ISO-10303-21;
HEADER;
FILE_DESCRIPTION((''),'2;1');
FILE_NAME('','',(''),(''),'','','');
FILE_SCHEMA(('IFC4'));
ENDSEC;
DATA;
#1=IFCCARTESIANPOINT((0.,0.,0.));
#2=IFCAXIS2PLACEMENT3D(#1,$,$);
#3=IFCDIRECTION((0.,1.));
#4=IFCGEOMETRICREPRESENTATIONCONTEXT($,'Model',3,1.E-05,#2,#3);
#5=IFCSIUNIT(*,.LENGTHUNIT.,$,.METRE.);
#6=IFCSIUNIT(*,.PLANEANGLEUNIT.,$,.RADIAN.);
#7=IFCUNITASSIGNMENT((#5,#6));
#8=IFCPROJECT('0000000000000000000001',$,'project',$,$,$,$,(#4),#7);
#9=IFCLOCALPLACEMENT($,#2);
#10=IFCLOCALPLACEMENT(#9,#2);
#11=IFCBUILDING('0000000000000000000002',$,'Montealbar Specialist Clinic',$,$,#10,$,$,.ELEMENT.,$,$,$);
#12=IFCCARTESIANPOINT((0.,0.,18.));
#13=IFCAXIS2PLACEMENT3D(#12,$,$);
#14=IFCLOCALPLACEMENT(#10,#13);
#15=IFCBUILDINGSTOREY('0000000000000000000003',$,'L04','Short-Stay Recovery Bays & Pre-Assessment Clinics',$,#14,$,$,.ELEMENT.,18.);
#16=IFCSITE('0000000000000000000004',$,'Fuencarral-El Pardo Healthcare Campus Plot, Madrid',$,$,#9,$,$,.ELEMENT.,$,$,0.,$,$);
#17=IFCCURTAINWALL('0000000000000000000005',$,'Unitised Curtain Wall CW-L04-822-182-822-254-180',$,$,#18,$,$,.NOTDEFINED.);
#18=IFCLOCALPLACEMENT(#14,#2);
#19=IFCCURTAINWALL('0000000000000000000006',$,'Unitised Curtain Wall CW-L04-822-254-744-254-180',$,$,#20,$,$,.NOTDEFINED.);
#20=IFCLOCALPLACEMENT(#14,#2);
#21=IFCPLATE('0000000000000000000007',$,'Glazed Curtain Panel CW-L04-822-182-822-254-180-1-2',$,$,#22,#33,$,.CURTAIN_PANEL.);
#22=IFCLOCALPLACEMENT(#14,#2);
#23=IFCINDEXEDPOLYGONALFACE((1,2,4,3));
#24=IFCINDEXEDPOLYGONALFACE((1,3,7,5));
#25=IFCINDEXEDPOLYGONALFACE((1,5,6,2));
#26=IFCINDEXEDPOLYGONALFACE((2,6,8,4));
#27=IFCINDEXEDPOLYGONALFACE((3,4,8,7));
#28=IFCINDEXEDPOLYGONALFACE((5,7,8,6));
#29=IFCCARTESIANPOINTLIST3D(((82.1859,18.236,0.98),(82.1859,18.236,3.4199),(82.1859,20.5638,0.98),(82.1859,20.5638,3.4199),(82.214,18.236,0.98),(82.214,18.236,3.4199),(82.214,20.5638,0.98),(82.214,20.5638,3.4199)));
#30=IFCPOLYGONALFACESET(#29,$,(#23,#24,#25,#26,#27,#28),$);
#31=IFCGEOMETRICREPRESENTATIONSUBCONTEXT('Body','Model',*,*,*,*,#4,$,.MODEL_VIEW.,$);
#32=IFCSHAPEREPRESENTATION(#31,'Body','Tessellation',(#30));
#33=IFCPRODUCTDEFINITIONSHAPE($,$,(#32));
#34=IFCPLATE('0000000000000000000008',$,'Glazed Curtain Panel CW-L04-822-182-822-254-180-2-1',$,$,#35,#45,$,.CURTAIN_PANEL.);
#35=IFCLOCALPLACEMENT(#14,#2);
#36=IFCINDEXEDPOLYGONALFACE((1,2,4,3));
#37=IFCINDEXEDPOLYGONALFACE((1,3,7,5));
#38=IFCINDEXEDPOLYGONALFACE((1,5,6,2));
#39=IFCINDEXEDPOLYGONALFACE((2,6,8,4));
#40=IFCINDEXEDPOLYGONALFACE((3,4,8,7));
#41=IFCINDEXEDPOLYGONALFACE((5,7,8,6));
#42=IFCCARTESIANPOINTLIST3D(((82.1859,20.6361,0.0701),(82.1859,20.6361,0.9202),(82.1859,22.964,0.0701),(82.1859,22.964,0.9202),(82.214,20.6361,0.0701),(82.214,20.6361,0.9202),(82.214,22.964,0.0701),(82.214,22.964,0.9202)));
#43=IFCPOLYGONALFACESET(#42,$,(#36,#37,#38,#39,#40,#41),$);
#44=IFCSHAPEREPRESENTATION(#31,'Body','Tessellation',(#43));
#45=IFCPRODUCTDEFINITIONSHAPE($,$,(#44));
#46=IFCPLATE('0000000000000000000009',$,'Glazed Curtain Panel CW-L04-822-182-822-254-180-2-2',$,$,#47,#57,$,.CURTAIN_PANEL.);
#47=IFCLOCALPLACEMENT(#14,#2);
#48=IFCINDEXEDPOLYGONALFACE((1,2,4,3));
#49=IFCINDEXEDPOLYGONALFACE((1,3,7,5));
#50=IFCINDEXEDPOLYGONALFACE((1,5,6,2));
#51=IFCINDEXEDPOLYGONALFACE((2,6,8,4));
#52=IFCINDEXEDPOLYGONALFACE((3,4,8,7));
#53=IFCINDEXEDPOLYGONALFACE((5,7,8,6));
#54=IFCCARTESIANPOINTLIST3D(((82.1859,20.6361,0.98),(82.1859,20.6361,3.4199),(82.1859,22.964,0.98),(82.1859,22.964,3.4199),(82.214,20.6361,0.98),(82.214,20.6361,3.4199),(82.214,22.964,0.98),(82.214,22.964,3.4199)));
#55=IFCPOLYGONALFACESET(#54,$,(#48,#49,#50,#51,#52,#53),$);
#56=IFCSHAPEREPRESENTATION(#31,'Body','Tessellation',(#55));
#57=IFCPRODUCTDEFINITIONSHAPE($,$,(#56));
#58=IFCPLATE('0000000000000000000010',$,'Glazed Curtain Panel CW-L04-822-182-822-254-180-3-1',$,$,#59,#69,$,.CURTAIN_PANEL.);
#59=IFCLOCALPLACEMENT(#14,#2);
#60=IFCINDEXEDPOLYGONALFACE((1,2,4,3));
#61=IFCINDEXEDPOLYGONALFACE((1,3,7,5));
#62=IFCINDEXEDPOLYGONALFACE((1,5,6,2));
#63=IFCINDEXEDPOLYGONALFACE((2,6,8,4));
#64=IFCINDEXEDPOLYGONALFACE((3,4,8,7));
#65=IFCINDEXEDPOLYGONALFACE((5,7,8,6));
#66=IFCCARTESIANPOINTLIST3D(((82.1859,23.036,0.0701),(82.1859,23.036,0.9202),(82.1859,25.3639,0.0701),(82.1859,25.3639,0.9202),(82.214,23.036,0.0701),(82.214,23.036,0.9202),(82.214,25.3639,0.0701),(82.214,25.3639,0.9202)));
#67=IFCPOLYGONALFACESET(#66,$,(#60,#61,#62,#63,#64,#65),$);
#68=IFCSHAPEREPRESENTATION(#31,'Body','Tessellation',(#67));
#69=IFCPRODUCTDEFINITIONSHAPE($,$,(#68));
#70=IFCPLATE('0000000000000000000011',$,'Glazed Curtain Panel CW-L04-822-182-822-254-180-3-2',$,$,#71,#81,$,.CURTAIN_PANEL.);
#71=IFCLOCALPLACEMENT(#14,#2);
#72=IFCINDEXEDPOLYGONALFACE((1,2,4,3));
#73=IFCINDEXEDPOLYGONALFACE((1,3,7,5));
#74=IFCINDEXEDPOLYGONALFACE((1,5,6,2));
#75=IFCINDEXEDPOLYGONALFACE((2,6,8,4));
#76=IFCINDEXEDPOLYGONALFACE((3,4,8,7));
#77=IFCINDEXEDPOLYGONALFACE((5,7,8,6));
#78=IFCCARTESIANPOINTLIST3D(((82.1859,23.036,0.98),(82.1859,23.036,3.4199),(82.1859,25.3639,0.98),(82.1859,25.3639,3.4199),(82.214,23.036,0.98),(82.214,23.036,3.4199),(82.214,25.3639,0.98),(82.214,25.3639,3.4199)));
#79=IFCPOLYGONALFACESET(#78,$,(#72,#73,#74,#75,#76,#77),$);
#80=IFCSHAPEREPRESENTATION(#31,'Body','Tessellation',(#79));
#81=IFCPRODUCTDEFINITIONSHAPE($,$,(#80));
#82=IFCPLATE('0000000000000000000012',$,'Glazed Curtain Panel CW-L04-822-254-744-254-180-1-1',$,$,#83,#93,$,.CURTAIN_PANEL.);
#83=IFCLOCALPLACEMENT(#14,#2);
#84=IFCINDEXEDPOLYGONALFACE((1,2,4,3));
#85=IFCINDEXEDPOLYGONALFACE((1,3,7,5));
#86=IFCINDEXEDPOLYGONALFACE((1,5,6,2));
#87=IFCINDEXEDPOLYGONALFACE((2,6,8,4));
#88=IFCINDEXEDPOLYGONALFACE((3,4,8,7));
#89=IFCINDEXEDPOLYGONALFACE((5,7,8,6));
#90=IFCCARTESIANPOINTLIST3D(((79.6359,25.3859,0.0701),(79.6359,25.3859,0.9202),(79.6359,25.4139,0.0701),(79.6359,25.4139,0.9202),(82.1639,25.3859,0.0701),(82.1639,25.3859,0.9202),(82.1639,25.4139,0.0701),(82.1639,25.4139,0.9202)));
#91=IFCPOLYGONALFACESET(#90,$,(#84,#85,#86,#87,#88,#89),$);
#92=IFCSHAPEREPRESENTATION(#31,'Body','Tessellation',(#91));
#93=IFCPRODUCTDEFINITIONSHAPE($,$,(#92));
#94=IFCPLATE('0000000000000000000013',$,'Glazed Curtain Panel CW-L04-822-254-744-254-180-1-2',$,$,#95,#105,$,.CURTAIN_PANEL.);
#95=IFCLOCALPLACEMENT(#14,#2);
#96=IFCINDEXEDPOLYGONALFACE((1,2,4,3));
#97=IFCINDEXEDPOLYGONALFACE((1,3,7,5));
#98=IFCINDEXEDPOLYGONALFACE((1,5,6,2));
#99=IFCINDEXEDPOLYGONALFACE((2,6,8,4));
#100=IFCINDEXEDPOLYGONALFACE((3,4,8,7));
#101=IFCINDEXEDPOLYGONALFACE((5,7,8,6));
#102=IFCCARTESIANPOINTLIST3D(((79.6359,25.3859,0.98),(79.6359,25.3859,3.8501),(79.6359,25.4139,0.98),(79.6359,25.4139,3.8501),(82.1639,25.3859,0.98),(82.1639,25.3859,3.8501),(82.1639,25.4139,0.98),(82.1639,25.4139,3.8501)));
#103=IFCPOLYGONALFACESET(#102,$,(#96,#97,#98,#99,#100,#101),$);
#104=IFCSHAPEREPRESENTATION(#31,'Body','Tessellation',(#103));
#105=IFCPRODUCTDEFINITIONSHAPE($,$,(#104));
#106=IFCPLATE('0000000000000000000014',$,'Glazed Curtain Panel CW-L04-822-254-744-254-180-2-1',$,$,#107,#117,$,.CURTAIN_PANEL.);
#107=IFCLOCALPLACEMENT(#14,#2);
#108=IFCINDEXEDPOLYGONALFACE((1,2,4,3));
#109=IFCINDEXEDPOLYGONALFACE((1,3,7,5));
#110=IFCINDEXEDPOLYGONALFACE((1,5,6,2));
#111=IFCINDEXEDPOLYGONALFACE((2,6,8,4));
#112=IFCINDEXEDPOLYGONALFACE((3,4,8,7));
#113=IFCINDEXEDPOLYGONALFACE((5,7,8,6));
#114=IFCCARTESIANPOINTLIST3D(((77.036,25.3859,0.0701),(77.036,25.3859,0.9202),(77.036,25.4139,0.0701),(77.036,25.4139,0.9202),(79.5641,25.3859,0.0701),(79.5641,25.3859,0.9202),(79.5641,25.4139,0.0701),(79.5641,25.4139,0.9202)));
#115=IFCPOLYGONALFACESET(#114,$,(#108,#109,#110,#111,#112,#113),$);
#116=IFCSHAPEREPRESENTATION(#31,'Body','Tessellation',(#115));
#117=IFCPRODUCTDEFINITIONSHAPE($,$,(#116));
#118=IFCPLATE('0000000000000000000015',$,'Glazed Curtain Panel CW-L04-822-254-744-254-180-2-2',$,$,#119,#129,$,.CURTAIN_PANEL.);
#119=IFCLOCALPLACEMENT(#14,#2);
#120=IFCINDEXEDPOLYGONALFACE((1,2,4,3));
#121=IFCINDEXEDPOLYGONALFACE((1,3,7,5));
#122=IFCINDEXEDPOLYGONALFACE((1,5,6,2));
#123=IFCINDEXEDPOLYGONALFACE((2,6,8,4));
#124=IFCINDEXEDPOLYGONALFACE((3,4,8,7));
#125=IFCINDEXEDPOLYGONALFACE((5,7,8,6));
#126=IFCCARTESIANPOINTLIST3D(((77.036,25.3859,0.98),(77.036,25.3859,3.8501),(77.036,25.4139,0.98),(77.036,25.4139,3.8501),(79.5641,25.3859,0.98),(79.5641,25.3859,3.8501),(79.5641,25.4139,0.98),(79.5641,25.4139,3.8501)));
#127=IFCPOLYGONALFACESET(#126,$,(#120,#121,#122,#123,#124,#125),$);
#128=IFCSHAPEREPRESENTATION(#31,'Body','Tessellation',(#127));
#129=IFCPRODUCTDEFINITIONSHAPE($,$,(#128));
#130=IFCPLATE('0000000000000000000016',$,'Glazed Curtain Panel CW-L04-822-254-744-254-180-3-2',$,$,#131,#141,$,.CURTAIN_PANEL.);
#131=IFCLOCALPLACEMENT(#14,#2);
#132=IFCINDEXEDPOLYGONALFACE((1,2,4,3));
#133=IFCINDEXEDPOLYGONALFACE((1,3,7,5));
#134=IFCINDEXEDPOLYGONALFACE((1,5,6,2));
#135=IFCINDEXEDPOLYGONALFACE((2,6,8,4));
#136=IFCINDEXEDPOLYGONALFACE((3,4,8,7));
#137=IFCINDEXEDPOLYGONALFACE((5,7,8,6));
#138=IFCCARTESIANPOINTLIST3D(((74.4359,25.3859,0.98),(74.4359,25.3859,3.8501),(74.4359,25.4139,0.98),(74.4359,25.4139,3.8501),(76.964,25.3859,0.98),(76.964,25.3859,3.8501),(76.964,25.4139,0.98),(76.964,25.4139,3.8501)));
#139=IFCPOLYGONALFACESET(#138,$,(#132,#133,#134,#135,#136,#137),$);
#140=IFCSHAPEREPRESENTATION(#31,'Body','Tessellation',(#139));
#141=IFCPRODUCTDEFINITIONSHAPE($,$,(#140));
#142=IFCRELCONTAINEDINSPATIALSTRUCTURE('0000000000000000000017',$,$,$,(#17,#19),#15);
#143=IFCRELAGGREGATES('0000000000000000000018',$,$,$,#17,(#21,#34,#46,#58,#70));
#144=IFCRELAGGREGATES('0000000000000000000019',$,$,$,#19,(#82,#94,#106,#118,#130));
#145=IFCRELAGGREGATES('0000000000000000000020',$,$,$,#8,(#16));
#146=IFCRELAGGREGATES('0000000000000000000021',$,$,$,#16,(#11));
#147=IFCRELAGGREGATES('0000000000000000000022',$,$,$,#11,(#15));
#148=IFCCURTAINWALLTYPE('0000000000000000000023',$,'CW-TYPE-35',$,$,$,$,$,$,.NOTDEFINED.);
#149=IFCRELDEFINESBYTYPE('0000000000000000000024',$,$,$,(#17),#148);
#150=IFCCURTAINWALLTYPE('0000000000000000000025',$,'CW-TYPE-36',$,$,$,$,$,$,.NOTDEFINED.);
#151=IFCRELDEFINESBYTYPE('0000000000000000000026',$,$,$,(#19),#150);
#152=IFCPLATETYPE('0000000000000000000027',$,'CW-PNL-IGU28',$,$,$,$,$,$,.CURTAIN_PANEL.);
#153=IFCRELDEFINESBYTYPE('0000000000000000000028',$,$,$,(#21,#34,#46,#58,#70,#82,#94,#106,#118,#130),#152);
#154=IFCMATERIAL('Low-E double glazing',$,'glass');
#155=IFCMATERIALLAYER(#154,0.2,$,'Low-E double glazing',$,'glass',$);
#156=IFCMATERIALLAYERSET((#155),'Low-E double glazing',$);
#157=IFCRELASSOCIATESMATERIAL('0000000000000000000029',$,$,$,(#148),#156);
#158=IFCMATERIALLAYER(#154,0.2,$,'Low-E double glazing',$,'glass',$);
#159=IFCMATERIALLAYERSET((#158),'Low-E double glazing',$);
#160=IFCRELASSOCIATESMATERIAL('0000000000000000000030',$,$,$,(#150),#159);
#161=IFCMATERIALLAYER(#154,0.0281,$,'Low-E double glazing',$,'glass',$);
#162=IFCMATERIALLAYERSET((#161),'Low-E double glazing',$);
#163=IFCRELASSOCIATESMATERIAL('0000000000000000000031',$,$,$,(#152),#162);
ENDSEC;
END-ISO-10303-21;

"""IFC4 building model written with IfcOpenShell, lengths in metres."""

from ifc_helpers import new_model, si_unit, direction, frame, origin, origin_2d, place, context, subcontext, project, spatial, rectangle, extrude, material, layer, layer_set, type_object, element, aggregate, save


model = new_model("IFC4")

# Units and contexts
model_context = context("Model", 3, precision=1e-05, world=origin(), true_north=direction((0.0, 1.0)))
body_context = subcontext(model_context, "Body", "Model", "MODEL_VIEW")
ifc_project = project(units=[si_unit("LENGTHUNIT", "METRE"), si_unit("PLANEANGLEUNIT", "RADIAN")], contexts=[model_context])

# Site, building, storey
site_placement = place(None, origin())
site = spatial("IfcSite", under=ifc_project, at=site_placement, Name="Fuencarral-El Pardo Healthcare Campus Plot, Madrid", CompositionType="ELEMENT", RefElevation=0.0)
building_placement = place(site_placement, origin())
building = spatial("IfcBuilding", under=site, at=building_placement, Name="Montealbar Specialist Clinic", CompositionType="ELEMENT")
storey_placement = place(building_placement, frame((0.0, 0.0, 18.0)))
storey = spatial("IfcBuildingStorey", under=building, at=storey_placement, Name="L04", Description="Short-Stay Recovery Bays & Pre-Assessment Clinics", CompositionType="ELEMENT", Elevation=18.0)

# Curtain walls
ifc_material_1 = material(Name="Low-E double glazing", Category="glass")
ifc_layer_1 = layer(ifc_material_1, 0.2, Name="Low-E double glazing", Category="glass")
ifc_layer_set_1 = layer_set([ifc_layer_1], Name="Low-E double glazing")
curtain_wall_type_1 = type_object("IfcCurtainWallType", Name="CW-TYPE-35", PredefinedType="NOTDEFINED", material=ifc_layer_set_1)
curtain_wall_1_placement = place(storey_placement, origin())
curtain_wall_1 = element("IfcCurtainWall", 1, at=curtain_wall_1_placement, inside=storey, type_object=curtain_wall_type_1, Name="Unitised Curtain Wall CW-L04-822-182-822-254-180", PredefinedType="NOTDEFINED")
ifc_layer_2 = layer(ifc_material_1, 0.2, Name="Low-E double glazing", Category="glass")
ifc_layer_set_2 = layer_set([ifc_layer_2], Name="Low-E double glazing")
curtain_wall_type_2 = type_object("IfcCurtainWallType", Name="CW-TYPE-36", PredefinedType="NOTDEFINED", material=ifc_layer_set_2)
curtain_wall_2_placement = place(storey_placement, origin())
curtain_wall_2 = element("IfcCurtainWall", 2, at=curtain_wall_2_placement, inside=storey, type_object=curtain_wall_type_2, Name="Unitised Curtain Wall CW-L04-822-254-744-254-180", PredefinedType="NOTDEFINED")

# Plates
ifc_layer_3 = layer(ifc_material_1, 0.0281, Name="Low-E double glazing", Category="glass")
ifc_layer_set_3 = layer_set([ifc_layer_3], Name="Low-E double glazing")
plate_type = type_object("IfcPlateType", Name="CW-PNL-IGU28", PredefinedType="CURTAIN_PANEL", material=ifc_layer_set_3)
plate_1_placement = place(storey_placement, frame((82.2, 19.3999, 0.98), z_axis=(0.0, 0.0, 1.0), x_axis=(0.0, 1.0, 0.0)))
plate_1 = element("IfcPlate", 3, at=plate_1_placement, type_object=plate_type, Name="Glazed Curtain Panel CW-L04-822-182-822-254-180-1-2", PredefinedType="CURTAIN_PANEL", context=body_context, shape_type="SweptSolid", body=[
    extrude(rectangle(XDim=2.3279, YDim=0.0281, at=origin_2d()), origin(), (0.0, 0.0, 1.0), 2.4399),
])
plate_2_placement = place(storey_placement, frame((82.2, 21.8, 0.0701), z_axis=(0.0, 0.0, 1.0), x_axis=(0.0, 1.0, 0.0)))
plate_2 = element("IfcPlate", 4, at=plate_2_placement, type_object=plate_type, Name="Glazed Curtain Panel CW-L04-822-182-822-254-180-2-1", PredefinedType="CURTAIN_PANEL", context=body_context, shape_type="SweptSolid", body=[
    extrude(rectangle(XDim=2.3279, YDim=0.0281, at=origin_2d()), origin(), (0.0, 0.0, 1.0), 0.8501),
])
plate_3_placement = place(storey_placement, frame((82.2, 21.8, 0.98), z_axis=(0.0, 0.0, 1.0), x_axis=(0.0, 1.0, 0.0)))
plate_3 = element("IfcPlate", 5, at=plate_3_placement, type_object=plate_type, Name="Glazed Curtain Panel CW-L04-822-182-822-254-180-2-2", PredefinedType="CURTAIN_PANEL", context=body_context, shape_type="SweptSolid", body=[
    extrude(rectangle(XDim=2.3279, YDim=0.0281, at=origin_2d()), origin(), (0.0, 0.0, 1.0), 2.4399),
])
plate_4_placement = place(storey_placement, frame((82.2, 24.2, 0.0701), z_axis=(0.0, 0.0, 1.0), x_axis=(0.0, 1.0, 0.0)))
plate_4 = element("IfcPlate", 6, at=plate_4_placement, type_object=plate_type, Name="Glazed Curtain Panel CW-L04-822-182-822-254-180-3-1", PredefinedType="CURTAIN_PANEL", context=body_context, shape_type="SweptSolid", body=[
    extrude(rectangle(XDim=2.3279, YDim=0.0281, at=origin_2d()), origin(), (0.0, 0.0, 1.0), 0.8501),
])
plate_5_placement = place(storey_placement, frame((82.2, 24.2, 0.98), z_axis=(0.0, 0.0, 1.0), x_axis=(0.0, 1.0, 0.0)))
plate_5 = element("IfcPlate", 7, at=plate_5_placement, type_object=plate_type, Name="Glazed Curtain Panel CW-L04-822-182-822-254-180-3-2", PredefinedType="CURTAIN_PANEL", context=body_context, shape_type="SweptSolid", body=[
    extrude(rectangle(XDim=2.3279, YDim=0.0281, at=origin_2d()), origin(), (0.0, 0.0, 1.0), 2.4399),
])
aggregate(curtain_wall_1, [plate_1, plate_2, plate_3, plate_4, plate_5])
plate_6_placement = place(storey_placement, frame((80.8999, 25.3999, 0.0701), z_axis=(0.0, 0.0, 1.0), x_axis=(-1.0, 0.0, 0.0)))
plate_6 = element("IfcPlate", 8, at=plate_6_placement, type_object=plate_type, Name="Glazed Curtain Panel CW-L04-822-254-744-254-180-1-1", PredefinedType="CURTAIN_PANEL", context=body_context, shape_type="SweptSolid", body=[
    extrude(rectangle(XDim=2.5281, YDim=0.0281, at=origin_2d()), origin(), (0.0, 0.0, 1.0), 0.8501),
])
plate_7_placement = place(storey_placement, frame((80.8999, 25.3999, 0.98), z_axis=(0.0, 0.0, 1.0), x_axis=(-1.0, 0.0, 0.0)))
plate_7 = element("IfcPlate", 9, at=plate_7_placement, type_object=plate_type, Name="Glazed Curtain Panel CW-L04-822-254-744-254-180-1-2", PredefinedType="CURTAIN_PANEL", context=body_context, shape_type="SweptSolid", body=[
    extrude(rectangle(XDim=2.5281, YDim=0.0281, at=origin_2d()), origin(), (0.0, 0.0, 1.0), 2.8701),
])
plate_8_placement = place(storey_placement, frame((78.3, 25.3999, 0.0701), z_axis=(0.0, 0.0, 1.0), x_axis=(-1.0, 0.0, 0.0)))
plate_8 = element("IfcPlate", 10, at=plate_8_placement, type_object=plate_type, Name="Glazed Curtain Panel CW-L04-822-254-744-254-180-2-1", PredefinedType="CURTAIN_PANEL", context=body_context, shape_type="SweptSolid", body=[
    extrude(rectangle(XDim=2.5281, YDim=0.0281, at=origin_2d()), origin(), (0.0, 0.0, 1.0), 0.8501),
])
plate_9_placement = place(storey_placement, frame((78.3, 25.3999, 0.98), z_axis=(0.0, 0.0, 1.0), x_axis=(-1.0, 0.0, 0.0)))
plate_9 = element("IfcPlate", 11, at=plate_9_placement, type_object=plate_type, Name="Glazed Curtain Panel CW-L04-822-254-744-254-180-2-2", PredefinedType="CURTAIN_PANEL", context=body_context, shape_type="SweptSolid", body=[
    extrude(rectangle(XDim=2.5281, YDim=0.0281, at=origin_2d()), origin(), (0.0, 0.0, 1.0), 2.8701),
])
plate_10_placement = place(storey_placement, frame((75.7, 25.3999, 0.98), z_axis=(0.0, 0.0, 1.0), x_axis=(-1.0, 0.0, 0.0)))
plate_10 = element("IfcPlate", 12, at=plate_10_placement, type_object=plate_type, Name="Glazed Curtain Panel CW-L04-822-254-744-254-180-3-2", PredefinedType="CURTAIN_PANEL", context=body_context, shape_type="SweptSolid", body=[
    extrude(rectangle(XDim=2.5281, YDim=0.0281, at=origin_2d()), origin(), (0.0, 0.0, 1.0), 2.8701),
])
aggregate(curtain_wall_2, [plate_6, plate_7, plate_8, plate_9, plate_10])

save(model, "model.ifc")
